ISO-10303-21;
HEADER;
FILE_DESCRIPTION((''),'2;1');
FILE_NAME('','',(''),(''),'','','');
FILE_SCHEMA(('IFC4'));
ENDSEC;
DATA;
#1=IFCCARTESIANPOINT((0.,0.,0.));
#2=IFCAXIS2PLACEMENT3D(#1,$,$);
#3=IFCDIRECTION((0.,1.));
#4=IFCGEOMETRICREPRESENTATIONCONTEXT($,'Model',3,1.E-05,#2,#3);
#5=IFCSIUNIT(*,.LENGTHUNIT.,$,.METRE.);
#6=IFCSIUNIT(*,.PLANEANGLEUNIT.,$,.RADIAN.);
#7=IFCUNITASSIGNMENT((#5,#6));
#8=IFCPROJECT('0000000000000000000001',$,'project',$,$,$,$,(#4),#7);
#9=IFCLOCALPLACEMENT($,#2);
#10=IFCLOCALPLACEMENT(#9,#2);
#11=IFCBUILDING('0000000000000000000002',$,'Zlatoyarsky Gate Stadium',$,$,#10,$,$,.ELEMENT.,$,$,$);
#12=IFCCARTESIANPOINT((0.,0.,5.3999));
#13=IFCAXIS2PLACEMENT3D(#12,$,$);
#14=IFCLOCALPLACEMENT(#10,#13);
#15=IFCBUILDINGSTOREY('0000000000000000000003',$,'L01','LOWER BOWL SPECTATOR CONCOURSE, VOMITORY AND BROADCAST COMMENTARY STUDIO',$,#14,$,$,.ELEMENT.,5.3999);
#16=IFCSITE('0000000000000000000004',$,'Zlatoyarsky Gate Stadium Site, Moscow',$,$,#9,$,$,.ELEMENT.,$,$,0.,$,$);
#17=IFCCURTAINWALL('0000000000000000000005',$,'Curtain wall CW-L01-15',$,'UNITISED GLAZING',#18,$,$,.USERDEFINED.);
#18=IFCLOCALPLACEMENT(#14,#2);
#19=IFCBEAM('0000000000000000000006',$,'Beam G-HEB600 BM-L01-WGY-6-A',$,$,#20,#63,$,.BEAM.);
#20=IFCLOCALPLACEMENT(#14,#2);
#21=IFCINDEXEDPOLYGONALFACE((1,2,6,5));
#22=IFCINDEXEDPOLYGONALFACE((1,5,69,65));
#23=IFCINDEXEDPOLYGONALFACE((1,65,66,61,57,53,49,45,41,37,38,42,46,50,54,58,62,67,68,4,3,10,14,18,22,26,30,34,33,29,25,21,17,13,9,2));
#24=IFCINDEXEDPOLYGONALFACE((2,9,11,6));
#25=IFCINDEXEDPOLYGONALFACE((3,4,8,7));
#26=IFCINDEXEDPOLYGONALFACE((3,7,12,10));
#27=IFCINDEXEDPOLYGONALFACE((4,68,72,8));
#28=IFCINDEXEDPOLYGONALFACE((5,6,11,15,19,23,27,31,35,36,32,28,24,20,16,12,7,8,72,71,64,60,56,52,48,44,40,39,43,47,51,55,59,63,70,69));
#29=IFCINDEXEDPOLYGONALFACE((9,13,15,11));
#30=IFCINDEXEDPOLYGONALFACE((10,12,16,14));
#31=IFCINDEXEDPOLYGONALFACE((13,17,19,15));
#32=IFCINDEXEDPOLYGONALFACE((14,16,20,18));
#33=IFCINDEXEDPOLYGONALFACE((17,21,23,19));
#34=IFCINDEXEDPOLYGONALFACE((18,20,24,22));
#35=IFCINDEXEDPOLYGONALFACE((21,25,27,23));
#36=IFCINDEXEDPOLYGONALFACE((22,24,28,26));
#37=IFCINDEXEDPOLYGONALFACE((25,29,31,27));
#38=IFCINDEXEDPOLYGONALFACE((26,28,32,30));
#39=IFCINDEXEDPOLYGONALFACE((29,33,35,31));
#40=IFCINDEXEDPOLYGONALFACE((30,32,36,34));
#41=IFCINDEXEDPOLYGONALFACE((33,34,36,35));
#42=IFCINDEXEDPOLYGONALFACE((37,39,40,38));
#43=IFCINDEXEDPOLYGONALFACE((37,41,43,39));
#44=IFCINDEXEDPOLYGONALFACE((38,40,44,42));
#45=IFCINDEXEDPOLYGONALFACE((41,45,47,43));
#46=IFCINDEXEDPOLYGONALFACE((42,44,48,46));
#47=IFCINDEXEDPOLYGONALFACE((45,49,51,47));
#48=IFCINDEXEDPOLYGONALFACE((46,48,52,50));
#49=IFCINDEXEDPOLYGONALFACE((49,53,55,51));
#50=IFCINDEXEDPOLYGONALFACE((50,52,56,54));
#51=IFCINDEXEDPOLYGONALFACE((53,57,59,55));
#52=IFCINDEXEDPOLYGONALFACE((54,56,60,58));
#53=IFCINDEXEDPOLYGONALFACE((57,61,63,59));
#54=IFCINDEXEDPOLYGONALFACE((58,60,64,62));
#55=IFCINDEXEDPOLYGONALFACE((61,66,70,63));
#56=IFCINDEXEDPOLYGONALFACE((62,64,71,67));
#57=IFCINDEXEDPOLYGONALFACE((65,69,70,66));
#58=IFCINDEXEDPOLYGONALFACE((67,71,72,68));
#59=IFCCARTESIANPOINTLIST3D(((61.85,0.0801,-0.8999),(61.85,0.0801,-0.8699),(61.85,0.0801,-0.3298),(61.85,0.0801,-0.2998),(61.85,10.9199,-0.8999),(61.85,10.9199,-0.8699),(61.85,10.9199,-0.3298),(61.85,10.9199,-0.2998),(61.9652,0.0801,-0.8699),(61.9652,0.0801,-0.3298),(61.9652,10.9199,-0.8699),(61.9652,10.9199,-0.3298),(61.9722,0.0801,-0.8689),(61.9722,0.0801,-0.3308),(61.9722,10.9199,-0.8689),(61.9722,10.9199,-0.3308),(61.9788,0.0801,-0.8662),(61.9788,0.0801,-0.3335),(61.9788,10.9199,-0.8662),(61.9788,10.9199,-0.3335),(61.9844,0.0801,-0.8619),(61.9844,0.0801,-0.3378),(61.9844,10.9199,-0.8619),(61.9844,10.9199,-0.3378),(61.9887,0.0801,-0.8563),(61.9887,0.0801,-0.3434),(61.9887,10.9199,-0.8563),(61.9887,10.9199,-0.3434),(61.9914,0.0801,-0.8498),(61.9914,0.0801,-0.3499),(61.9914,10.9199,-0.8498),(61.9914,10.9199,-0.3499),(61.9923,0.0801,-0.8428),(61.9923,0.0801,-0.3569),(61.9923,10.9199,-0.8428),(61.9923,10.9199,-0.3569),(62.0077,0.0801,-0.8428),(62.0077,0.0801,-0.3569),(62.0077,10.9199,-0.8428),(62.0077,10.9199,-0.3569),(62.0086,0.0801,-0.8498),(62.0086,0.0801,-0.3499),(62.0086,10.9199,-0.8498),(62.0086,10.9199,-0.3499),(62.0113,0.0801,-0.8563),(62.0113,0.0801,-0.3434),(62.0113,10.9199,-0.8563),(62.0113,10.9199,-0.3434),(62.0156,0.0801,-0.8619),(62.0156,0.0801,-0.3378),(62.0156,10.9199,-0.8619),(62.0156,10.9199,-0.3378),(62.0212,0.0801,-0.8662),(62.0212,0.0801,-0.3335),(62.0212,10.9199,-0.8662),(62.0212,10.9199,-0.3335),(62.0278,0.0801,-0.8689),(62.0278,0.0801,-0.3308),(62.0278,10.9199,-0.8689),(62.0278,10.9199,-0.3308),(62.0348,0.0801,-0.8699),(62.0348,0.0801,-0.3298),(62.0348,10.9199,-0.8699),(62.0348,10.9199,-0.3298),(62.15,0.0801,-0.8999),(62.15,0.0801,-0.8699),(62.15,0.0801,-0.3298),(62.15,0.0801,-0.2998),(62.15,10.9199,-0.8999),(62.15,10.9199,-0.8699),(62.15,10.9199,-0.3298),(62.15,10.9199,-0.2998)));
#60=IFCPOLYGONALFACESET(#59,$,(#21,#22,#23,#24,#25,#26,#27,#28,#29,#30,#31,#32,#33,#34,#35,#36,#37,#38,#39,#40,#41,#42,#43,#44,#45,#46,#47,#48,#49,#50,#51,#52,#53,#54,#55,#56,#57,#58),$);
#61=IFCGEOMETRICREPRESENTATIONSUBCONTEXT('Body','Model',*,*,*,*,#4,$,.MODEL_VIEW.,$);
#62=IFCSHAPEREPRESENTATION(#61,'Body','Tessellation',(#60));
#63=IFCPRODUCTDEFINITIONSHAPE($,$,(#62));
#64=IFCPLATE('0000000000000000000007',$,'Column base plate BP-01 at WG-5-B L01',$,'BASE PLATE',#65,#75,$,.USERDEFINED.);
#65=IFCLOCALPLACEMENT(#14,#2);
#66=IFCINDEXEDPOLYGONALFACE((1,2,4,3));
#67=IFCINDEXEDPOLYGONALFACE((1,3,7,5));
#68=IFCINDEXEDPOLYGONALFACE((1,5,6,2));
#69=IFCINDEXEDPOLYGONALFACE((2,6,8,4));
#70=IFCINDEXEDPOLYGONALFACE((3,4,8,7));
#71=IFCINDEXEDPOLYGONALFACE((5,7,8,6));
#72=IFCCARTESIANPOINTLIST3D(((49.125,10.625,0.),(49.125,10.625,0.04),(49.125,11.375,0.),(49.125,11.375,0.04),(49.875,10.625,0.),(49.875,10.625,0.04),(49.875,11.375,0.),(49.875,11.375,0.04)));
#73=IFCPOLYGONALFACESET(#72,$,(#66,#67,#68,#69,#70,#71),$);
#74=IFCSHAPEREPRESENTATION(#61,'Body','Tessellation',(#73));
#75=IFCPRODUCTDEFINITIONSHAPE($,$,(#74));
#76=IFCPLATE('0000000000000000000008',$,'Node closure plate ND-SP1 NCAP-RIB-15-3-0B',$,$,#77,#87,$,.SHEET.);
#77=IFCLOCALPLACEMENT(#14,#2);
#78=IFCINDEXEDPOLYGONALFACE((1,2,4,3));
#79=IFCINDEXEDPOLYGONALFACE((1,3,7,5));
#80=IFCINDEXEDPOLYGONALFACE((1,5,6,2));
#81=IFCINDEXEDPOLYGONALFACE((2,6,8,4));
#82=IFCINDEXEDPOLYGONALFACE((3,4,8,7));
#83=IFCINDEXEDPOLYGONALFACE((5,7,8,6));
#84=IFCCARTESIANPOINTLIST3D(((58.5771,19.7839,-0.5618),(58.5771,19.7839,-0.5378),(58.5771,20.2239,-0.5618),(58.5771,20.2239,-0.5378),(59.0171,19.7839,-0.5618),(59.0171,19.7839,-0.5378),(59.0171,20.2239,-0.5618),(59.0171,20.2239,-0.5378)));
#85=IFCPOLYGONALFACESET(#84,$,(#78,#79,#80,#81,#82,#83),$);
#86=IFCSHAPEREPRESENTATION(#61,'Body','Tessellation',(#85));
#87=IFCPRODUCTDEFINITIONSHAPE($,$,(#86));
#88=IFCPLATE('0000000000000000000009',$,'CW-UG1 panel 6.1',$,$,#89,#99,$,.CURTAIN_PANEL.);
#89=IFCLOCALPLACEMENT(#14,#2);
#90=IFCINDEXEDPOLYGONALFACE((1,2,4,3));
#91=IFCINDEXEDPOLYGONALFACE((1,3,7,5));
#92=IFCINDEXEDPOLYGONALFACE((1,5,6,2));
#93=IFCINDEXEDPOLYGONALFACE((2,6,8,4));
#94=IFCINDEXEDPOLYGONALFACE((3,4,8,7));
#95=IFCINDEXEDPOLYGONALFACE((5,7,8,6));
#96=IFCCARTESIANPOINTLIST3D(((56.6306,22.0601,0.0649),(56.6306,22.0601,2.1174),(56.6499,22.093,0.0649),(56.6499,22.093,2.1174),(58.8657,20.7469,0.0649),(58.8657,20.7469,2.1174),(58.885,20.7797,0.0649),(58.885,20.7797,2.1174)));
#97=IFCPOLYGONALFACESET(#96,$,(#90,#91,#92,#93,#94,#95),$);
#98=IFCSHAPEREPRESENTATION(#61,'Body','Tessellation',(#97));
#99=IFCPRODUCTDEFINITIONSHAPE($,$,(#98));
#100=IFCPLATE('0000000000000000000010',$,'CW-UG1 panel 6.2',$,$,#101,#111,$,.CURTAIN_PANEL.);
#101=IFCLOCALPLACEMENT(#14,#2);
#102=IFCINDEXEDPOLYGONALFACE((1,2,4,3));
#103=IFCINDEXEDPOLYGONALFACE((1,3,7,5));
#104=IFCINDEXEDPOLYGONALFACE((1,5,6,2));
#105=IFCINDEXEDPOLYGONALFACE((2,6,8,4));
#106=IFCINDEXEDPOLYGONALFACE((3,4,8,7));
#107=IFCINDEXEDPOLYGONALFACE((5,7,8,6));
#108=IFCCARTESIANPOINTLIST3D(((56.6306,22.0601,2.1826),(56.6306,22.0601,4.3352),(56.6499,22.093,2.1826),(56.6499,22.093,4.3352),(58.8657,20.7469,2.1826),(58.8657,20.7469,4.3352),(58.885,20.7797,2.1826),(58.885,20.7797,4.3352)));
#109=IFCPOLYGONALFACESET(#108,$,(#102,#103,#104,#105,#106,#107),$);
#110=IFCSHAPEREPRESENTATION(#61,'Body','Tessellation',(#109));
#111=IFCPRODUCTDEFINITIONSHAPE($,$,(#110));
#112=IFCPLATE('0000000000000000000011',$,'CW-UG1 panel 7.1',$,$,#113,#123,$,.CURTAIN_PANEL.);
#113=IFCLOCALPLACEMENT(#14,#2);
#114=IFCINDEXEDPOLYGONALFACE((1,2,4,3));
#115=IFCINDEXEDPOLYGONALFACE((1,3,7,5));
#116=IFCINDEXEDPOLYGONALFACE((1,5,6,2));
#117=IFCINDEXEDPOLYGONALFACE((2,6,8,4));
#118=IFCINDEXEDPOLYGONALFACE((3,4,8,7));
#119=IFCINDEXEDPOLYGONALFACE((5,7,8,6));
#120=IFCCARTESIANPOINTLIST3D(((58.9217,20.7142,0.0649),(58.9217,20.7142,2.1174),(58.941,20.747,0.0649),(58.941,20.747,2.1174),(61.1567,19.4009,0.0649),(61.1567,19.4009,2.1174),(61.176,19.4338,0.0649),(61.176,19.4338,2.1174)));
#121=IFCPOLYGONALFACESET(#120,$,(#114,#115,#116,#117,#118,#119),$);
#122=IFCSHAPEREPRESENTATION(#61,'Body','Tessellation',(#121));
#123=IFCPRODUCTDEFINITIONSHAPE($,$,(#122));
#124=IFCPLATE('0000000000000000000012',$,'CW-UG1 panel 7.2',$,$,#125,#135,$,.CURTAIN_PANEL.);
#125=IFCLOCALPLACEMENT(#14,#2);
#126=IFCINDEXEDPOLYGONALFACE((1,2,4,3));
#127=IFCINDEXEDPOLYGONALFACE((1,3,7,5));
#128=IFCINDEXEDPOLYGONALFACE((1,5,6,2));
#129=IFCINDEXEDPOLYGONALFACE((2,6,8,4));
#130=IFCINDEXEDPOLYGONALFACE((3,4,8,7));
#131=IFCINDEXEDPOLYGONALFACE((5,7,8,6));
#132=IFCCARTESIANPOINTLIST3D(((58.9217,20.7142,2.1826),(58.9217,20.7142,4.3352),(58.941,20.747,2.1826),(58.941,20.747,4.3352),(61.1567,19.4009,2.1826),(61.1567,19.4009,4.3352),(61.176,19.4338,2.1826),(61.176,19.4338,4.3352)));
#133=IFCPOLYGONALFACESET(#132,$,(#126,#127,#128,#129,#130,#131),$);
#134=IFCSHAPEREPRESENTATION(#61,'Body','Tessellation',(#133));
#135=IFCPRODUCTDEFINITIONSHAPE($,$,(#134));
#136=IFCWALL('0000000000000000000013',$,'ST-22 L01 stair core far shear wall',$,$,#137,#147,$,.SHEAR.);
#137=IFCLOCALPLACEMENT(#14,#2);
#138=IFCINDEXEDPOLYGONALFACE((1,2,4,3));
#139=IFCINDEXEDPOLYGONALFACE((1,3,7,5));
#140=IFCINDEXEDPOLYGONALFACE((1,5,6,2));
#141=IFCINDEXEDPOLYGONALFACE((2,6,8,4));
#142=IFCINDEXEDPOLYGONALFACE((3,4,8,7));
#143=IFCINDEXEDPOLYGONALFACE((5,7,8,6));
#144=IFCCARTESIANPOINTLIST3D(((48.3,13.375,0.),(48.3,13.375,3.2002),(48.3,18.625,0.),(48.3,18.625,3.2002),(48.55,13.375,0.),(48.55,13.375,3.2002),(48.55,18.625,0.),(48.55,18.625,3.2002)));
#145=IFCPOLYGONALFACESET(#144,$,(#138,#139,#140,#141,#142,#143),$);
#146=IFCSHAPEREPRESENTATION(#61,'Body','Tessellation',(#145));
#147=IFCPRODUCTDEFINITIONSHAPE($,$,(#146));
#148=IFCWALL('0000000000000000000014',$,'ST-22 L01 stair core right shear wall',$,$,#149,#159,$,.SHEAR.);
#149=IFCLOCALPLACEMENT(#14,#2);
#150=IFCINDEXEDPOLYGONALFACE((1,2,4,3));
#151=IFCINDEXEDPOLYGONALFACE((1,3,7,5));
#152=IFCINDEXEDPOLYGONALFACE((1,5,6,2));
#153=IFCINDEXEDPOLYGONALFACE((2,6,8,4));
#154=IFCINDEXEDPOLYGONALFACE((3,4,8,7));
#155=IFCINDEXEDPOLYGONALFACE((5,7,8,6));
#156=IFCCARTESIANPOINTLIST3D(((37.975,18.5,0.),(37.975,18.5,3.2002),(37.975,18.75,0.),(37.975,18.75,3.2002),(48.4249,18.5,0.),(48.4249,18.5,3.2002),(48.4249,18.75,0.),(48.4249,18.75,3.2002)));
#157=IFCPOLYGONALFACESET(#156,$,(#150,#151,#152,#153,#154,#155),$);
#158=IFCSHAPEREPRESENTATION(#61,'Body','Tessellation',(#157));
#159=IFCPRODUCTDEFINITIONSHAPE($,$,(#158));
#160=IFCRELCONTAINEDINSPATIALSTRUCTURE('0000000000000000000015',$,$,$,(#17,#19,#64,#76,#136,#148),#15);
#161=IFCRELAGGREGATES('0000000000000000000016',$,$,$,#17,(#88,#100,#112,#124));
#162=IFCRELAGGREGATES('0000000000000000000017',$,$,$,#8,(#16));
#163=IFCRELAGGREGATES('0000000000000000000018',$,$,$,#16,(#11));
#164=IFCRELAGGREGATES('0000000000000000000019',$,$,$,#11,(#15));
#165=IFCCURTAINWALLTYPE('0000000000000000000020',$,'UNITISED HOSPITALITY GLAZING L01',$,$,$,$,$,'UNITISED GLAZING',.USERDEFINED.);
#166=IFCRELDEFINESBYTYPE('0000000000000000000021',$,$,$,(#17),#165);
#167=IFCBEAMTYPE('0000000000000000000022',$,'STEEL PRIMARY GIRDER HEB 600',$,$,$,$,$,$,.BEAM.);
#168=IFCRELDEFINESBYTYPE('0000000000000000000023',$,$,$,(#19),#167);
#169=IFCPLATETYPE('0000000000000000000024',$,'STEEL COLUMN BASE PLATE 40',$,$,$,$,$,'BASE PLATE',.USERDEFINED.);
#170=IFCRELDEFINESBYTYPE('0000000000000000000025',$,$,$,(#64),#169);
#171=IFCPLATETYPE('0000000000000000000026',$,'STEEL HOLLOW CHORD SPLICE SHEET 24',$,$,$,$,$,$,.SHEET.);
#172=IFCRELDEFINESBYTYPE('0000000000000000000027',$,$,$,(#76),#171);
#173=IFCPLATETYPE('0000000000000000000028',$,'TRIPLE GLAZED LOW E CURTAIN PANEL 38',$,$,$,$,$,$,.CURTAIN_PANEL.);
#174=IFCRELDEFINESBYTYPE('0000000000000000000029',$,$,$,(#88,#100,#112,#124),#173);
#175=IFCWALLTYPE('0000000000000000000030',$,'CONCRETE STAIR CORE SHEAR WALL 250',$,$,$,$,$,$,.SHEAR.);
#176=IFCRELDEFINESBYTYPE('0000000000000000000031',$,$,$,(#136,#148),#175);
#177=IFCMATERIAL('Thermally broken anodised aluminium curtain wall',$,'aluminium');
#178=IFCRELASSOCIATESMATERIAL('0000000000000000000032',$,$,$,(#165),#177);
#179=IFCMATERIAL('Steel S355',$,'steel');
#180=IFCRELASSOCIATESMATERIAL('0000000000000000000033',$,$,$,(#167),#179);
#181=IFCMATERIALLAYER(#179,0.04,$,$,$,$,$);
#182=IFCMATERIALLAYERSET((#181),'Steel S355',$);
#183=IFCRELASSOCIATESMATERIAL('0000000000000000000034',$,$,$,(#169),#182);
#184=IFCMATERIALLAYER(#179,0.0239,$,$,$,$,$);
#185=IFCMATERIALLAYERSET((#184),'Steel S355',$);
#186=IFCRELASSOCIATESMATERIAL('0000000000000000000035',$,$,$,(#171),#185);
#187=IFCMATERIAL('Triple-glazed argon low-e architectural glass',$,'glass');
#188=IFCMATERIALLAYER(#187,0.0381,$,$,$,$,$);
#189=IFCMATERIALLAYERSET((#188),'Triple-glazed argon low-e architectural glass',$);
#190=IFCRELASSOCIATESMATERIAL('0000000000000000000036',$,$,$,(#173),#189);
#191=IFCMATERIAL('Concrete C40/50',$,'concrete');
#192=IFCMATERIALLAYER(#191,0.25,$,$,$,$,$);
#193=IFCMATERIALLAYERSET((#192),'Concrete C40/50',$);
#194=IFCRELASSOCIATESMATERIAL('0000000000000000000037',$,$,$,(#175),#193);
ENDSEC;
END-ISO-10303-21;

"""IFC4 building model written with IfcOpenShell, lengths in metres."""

from ifc_helpers import new_model, si_unit, direction, frame, frame_2d, origin, origin_2d, place, context, subcontext, project, spatial, rectangle, i_section, extrude, material, layer, layer_set, material_profile, profile_set, type_object, element, aggregate, save


model = new_model("IFC4")

# Units and contexts
model_context = context("Model", 3, precision=1e-05, world=origin(), true_north=direction((0.0, 1.0)))
body_context = subcontext(model_context, "Body", "Model", "MODEL_VIEW")
ifc_project = project(units=[si_unit("LENGTHUNIT", "METRE"), si_unit("PLANEANGLEUNIT", "RADIAN")], contexts=[model_context])

# Site, building, storey
site_placement = place(None, origin())
site = spatial("IfcSite", under=ifc_project, at=site_placement, Name="Zlatoyarsky Gate Stadium Site, Moscow", CompositionType="ELEMENT", RefElevation=0.0)
building_placement = place(site_placement, origin())
building = spatial("IfcBuilding", under=site, at=building_placement, Name="Zlatoyarsky Gate Stadium", CompositionType="ELEMENT")
storey_placement = place(building_placement, frame((0.0, 0.0, 5.3999)))
storey = spatial("IfcBuildingStorey", under=building, at=storey_placement, Name="L01", Description="LOWER BOWL SPECTATOR CONCOURSE, VOMITORY AND BROADCAST COMMENTARY STUDIO", CompositionType="ELEMENT", Elevation=5.3999)

# Shared definitions
ifc_material_1 = material(Name="Concrete C40/50", Category="concrete")
ifc_material_2 = material(Name="Steel S355", Category="steel")

# Curtain wall
ifc_material_3 = material(Name="Thermally broken anodised aluminium curtain wall", Category="aluminium")
curtain_wall_type = type_object("IfcCurtainWallType", Name="UNITISED HOSPITALITY GLAZING L01", ElementType="UNITISED GLAZING", PredefinedType="USERDEFINED", material=ifc_material_3)
curtain_wall_placement = place(storey_placement, origin())
curtain_wall = element("IfcCurtainWall", 1, at=curtain_wall_placement, inside=storey, type_object=curtain_wall_type, Name="Curtain wall CW-L01-15", ObjectType="UNITISED GLAZING", PredefinedType="USERDEFINED")

# Beam
ifc_material_profile_1 = material_profile(ifc_material_2, i_section(OverallWidth=0.3, OverallDepth=0.6001, WebThickness=0.0154, FlangeThickness=0.03, FilletRadius=0.0271, at=origin_2d()), Name="HEB 600")
ifc_profile_set_1 = profile_set([ifc_material_profile_1], Name="Steel S355")
beam_type_1 = type_object("IfcBeamType", Name="STEEL PRIMARY GIRDER HEB 600", PredefinedType="BEAM", material=ifc_profile_set_1)
for number, where, z_axis, x_axis, name in (
    (2, (62.0, 0.0801, -0.5999), (0.0, 1.0, 0.0), (-1.0, 0.0, 0.0), "Beam G-HEB600 BM-L01-WGY-6-A"),
):
    element("IfcBeam", number, at=place(storey_placement, frame(where, z_axis=z_axis, x_axis=x_axis)), inside=storey, type_object=beam_type_1, Name=name, PredefinedType="BEAM", context=body_context, shape_type="SweptSolid", body=[
        extrude(i_section(OverallWidth=0.3, OverallDepth=0.6001, WebThickness=0.0154, FlangeThickness=0.03, FilletRadius=0.0271, at=origin_2d()), origin(), (0.0, 0.0, 1.0), 10.8398),
    ])

# Plates
ifc_layer_1 = layer(ifc_material_2, 0.04)
ifc_layer_set_1 = layer_set([ifc_layer_1], Name="Steel S355")
plate_type_1 = type_object("IfcPlateType", Name="STEEL COLUMN BASE PLATE 40", ElementType="BASE PLATE", PredefinedType="USERDEFINED", material=ifc_layer_set_1)
plate_1_placement = place(storey_placement, frame((49.5, 11.0, 0.0), z_axis=(0.0, 0.0, 1.0), x_axis=(1.0, 0.0, 0.0)))
element("IfcPlate", 3, at=plate_1_placement, inside=storey, type_object=plate_type_1, Name="Column base plate BP-01 at WG-5-B L01", ObjectType="BASE PLATE", PredefinedType="USERDEFINED", context=body_context, shape_type="SweptSolid", body=[
    extrude(rectangle(XDim=0.75, YDim=0.75, at=origin_2d()), origin(), (0.0, 0.0, 1.0), 0.04),
])
ifc_layer_2 = layer(ifc_material_2, 0.0239)
ifc_layer_set_2 = layer_set([ifc_layer_2], Name="Steel S355")
plate_type_2 = type_object("IfcPlateType", Name="STEEL HOLLOW CHORD SPLICE SHEET 24", PredefinedType="SHEET", material=ifc_layer_set_2)
plate_2_placement = place(storey_placement, frame((58.7971, 20.0039, -0.5618), z_axis=(0.0, 0.0, 1.0), x_axis=(1.0, 0.0, 0.0)))
element("IfcPlate", 4, at=plate_2_placement, inside=storey, type_object=plate_type_2, Name="Node closure plate ND-SP1 NCAP-RIB-15-3-0B", PredefinedType="SHEET", context=body_context, shape_type="SweptSolid", body=[
    extrude(rectangle(XDim=0.4399, YDim=0.4399, at=origin_2d()), origin(), (0.0, 0.0, 1.0), 0.0239),
])

# Plates
ifc_material_4 = material(Name="Triple-glazed argon low-e architectural glass", Category="glass")
ifc_layer_3 = layer(ifc_material_4, 0.0381)
ifc_layer_set_3 = layer_set([ifc_layer_3], Name="Triple-glazed argon low-e architectural glass")
plate_type_3 = type_object("IfcPlateType", Name="TRIPLE GLAZED LOW E CURTAIN PANEL 38", PredefinedType="CURTAIN_PANEL", material=ifc_layer_set_3)
plate_3_placement = place(storey_placement, frame((57.7578, 21.4199, 0.0649), z_axis=(0.0, 0.0, 1.0), x_axis=(0.862187, -0.50659, 0.0)))
plate_3 = element("IfcPlate", 5, at=plate_3_placement, type_object=plate_type_3, Name="CW-UG1 panel 6.1", PredefinedType="CURTAIN_PANEL", context=body_context, shape_type="SweptSolid", body=[
    extrude(rectangle(XDim=2.5923, YDim=0.0381, at=origin_2d()), origin(), (0.0, 0.0, 1.0), 2.0525),
])
plate_4_placement = place(storey_placement, frame((57.7578, 21.4199, 2.1826), z_axis=(0.0, 0.0, 1.0), x_axis=(0.862187, -0.50659, 0.0)))
plate_4 = element("IfcPlate", 6, at=plate_4_placement, type_object=plate_type_3, Name="CW-UG1 panel 6.2", PredefinedType="CURTAIN_PANEL", context=body_context, shape_type="SweptSolid", body=[
    extrude(rectangle(XDim=2.5923, YDim=0.0381, at=origin_2d()), origin(), (0.0, 0.0, 1.0), 2.1526),
])
plate_5_placement = place(storey_placement, frame((60.0488, 20.074, 0.0649), z_axis=(0.0, 0.0, 1.0), x_axis=(0.862187, -0.50659, 0.0)))
plate_5 = element("IfcPlate", 7, at=plate_5_placement, type_object=plate_type_3, Name="CW-UG1 panel 7.1", PredefinedType="CURTAIN_PANEL", context=body_context, shape_type="SweptSolid", body=[
    extrude(rectangle(XDim=2.5923, YDim=0.0381, at=origin_2d()), origin(), (0.0, 0.0, 1.0), 2.0525),
])
plate_6_placement = place(storey_placement, frame((60.0488, 20.074, 2.1826), z_axis=(0.0, 0.0, 1.0), x_axis=(0.862187, -0.50659, 0.0)))
plate_6 = element("IfcPlate", 8, at=plate_6_placement, type_object=plate_type_3, Name="CW-UG1 panel 7.2", PredefinedType="CURTAIN_PANEL", context=body_context, shape_type="SweptSolid", body=[
    extrude(rectangle(XDim=2.5923, YDim=0.0381, at=origin_2d()), origin(), (0.0, 0.0, 1.0), 2.1526),
])
aggregate(curtain_wall, [plate_3, plate_4, plate_5, plate_6])

# Walls
ifc_layer_4 = layer(ifc_material_1, 0.25)
ifc_layer_set_4 = layer_set([ifc_layer_4], Name="Concrete C40/50")
wall_type_1 = type_object("IfcWallType", Name="CONCRETE STAIR CORE SHEAR WALL 250", PredefinedType="SHEAR", material=ifc_layer_set_4)
wall_1_placement = place(storey_placement, frame((48.425, 13.375, 0.0), z_axis=(0.0, 0.0, 1.0), x_axis=(0.0, 1.0, 0.0)))
element("IfcWall", 9, at=wall_1_placement, inside=storey, type_object=wall_type_1, Name="ST-22 L01 stair core far shear wall", PredefinedType="SHEAR", context=body_context, shape_type="SweptSolid", body=[
    extrude(rectangle(XDim=5.25, YDim=0.25, at=frame_2d((2.625, 0.0))), origin(), (0.0, 0.0, 1.0), 3.2002),
])
wall_2_placement = place(storey_placement, frame((48.425, 18.625, 0.0), z_axis=(0.0, 0.0, 1.0), x_axis=(-1.0, 0.0, 0.0)))
element("IfcWall", 10, at=wall_2_placement, inside=storey, type_object=wall_type_1, Name="ST-22 L01 stair core right shear wall", PredefinedType="SHEAR", context=body_context, shape_type="SweptSolid", body=[
    extrude(rectangle(XDim=10.45, YDim=0.25, at=frame_2d((5.2251, 0.0))), origin(), (0.0, 0.0, 1.0), 3.2002),
])

save(model, "model.ifc")
